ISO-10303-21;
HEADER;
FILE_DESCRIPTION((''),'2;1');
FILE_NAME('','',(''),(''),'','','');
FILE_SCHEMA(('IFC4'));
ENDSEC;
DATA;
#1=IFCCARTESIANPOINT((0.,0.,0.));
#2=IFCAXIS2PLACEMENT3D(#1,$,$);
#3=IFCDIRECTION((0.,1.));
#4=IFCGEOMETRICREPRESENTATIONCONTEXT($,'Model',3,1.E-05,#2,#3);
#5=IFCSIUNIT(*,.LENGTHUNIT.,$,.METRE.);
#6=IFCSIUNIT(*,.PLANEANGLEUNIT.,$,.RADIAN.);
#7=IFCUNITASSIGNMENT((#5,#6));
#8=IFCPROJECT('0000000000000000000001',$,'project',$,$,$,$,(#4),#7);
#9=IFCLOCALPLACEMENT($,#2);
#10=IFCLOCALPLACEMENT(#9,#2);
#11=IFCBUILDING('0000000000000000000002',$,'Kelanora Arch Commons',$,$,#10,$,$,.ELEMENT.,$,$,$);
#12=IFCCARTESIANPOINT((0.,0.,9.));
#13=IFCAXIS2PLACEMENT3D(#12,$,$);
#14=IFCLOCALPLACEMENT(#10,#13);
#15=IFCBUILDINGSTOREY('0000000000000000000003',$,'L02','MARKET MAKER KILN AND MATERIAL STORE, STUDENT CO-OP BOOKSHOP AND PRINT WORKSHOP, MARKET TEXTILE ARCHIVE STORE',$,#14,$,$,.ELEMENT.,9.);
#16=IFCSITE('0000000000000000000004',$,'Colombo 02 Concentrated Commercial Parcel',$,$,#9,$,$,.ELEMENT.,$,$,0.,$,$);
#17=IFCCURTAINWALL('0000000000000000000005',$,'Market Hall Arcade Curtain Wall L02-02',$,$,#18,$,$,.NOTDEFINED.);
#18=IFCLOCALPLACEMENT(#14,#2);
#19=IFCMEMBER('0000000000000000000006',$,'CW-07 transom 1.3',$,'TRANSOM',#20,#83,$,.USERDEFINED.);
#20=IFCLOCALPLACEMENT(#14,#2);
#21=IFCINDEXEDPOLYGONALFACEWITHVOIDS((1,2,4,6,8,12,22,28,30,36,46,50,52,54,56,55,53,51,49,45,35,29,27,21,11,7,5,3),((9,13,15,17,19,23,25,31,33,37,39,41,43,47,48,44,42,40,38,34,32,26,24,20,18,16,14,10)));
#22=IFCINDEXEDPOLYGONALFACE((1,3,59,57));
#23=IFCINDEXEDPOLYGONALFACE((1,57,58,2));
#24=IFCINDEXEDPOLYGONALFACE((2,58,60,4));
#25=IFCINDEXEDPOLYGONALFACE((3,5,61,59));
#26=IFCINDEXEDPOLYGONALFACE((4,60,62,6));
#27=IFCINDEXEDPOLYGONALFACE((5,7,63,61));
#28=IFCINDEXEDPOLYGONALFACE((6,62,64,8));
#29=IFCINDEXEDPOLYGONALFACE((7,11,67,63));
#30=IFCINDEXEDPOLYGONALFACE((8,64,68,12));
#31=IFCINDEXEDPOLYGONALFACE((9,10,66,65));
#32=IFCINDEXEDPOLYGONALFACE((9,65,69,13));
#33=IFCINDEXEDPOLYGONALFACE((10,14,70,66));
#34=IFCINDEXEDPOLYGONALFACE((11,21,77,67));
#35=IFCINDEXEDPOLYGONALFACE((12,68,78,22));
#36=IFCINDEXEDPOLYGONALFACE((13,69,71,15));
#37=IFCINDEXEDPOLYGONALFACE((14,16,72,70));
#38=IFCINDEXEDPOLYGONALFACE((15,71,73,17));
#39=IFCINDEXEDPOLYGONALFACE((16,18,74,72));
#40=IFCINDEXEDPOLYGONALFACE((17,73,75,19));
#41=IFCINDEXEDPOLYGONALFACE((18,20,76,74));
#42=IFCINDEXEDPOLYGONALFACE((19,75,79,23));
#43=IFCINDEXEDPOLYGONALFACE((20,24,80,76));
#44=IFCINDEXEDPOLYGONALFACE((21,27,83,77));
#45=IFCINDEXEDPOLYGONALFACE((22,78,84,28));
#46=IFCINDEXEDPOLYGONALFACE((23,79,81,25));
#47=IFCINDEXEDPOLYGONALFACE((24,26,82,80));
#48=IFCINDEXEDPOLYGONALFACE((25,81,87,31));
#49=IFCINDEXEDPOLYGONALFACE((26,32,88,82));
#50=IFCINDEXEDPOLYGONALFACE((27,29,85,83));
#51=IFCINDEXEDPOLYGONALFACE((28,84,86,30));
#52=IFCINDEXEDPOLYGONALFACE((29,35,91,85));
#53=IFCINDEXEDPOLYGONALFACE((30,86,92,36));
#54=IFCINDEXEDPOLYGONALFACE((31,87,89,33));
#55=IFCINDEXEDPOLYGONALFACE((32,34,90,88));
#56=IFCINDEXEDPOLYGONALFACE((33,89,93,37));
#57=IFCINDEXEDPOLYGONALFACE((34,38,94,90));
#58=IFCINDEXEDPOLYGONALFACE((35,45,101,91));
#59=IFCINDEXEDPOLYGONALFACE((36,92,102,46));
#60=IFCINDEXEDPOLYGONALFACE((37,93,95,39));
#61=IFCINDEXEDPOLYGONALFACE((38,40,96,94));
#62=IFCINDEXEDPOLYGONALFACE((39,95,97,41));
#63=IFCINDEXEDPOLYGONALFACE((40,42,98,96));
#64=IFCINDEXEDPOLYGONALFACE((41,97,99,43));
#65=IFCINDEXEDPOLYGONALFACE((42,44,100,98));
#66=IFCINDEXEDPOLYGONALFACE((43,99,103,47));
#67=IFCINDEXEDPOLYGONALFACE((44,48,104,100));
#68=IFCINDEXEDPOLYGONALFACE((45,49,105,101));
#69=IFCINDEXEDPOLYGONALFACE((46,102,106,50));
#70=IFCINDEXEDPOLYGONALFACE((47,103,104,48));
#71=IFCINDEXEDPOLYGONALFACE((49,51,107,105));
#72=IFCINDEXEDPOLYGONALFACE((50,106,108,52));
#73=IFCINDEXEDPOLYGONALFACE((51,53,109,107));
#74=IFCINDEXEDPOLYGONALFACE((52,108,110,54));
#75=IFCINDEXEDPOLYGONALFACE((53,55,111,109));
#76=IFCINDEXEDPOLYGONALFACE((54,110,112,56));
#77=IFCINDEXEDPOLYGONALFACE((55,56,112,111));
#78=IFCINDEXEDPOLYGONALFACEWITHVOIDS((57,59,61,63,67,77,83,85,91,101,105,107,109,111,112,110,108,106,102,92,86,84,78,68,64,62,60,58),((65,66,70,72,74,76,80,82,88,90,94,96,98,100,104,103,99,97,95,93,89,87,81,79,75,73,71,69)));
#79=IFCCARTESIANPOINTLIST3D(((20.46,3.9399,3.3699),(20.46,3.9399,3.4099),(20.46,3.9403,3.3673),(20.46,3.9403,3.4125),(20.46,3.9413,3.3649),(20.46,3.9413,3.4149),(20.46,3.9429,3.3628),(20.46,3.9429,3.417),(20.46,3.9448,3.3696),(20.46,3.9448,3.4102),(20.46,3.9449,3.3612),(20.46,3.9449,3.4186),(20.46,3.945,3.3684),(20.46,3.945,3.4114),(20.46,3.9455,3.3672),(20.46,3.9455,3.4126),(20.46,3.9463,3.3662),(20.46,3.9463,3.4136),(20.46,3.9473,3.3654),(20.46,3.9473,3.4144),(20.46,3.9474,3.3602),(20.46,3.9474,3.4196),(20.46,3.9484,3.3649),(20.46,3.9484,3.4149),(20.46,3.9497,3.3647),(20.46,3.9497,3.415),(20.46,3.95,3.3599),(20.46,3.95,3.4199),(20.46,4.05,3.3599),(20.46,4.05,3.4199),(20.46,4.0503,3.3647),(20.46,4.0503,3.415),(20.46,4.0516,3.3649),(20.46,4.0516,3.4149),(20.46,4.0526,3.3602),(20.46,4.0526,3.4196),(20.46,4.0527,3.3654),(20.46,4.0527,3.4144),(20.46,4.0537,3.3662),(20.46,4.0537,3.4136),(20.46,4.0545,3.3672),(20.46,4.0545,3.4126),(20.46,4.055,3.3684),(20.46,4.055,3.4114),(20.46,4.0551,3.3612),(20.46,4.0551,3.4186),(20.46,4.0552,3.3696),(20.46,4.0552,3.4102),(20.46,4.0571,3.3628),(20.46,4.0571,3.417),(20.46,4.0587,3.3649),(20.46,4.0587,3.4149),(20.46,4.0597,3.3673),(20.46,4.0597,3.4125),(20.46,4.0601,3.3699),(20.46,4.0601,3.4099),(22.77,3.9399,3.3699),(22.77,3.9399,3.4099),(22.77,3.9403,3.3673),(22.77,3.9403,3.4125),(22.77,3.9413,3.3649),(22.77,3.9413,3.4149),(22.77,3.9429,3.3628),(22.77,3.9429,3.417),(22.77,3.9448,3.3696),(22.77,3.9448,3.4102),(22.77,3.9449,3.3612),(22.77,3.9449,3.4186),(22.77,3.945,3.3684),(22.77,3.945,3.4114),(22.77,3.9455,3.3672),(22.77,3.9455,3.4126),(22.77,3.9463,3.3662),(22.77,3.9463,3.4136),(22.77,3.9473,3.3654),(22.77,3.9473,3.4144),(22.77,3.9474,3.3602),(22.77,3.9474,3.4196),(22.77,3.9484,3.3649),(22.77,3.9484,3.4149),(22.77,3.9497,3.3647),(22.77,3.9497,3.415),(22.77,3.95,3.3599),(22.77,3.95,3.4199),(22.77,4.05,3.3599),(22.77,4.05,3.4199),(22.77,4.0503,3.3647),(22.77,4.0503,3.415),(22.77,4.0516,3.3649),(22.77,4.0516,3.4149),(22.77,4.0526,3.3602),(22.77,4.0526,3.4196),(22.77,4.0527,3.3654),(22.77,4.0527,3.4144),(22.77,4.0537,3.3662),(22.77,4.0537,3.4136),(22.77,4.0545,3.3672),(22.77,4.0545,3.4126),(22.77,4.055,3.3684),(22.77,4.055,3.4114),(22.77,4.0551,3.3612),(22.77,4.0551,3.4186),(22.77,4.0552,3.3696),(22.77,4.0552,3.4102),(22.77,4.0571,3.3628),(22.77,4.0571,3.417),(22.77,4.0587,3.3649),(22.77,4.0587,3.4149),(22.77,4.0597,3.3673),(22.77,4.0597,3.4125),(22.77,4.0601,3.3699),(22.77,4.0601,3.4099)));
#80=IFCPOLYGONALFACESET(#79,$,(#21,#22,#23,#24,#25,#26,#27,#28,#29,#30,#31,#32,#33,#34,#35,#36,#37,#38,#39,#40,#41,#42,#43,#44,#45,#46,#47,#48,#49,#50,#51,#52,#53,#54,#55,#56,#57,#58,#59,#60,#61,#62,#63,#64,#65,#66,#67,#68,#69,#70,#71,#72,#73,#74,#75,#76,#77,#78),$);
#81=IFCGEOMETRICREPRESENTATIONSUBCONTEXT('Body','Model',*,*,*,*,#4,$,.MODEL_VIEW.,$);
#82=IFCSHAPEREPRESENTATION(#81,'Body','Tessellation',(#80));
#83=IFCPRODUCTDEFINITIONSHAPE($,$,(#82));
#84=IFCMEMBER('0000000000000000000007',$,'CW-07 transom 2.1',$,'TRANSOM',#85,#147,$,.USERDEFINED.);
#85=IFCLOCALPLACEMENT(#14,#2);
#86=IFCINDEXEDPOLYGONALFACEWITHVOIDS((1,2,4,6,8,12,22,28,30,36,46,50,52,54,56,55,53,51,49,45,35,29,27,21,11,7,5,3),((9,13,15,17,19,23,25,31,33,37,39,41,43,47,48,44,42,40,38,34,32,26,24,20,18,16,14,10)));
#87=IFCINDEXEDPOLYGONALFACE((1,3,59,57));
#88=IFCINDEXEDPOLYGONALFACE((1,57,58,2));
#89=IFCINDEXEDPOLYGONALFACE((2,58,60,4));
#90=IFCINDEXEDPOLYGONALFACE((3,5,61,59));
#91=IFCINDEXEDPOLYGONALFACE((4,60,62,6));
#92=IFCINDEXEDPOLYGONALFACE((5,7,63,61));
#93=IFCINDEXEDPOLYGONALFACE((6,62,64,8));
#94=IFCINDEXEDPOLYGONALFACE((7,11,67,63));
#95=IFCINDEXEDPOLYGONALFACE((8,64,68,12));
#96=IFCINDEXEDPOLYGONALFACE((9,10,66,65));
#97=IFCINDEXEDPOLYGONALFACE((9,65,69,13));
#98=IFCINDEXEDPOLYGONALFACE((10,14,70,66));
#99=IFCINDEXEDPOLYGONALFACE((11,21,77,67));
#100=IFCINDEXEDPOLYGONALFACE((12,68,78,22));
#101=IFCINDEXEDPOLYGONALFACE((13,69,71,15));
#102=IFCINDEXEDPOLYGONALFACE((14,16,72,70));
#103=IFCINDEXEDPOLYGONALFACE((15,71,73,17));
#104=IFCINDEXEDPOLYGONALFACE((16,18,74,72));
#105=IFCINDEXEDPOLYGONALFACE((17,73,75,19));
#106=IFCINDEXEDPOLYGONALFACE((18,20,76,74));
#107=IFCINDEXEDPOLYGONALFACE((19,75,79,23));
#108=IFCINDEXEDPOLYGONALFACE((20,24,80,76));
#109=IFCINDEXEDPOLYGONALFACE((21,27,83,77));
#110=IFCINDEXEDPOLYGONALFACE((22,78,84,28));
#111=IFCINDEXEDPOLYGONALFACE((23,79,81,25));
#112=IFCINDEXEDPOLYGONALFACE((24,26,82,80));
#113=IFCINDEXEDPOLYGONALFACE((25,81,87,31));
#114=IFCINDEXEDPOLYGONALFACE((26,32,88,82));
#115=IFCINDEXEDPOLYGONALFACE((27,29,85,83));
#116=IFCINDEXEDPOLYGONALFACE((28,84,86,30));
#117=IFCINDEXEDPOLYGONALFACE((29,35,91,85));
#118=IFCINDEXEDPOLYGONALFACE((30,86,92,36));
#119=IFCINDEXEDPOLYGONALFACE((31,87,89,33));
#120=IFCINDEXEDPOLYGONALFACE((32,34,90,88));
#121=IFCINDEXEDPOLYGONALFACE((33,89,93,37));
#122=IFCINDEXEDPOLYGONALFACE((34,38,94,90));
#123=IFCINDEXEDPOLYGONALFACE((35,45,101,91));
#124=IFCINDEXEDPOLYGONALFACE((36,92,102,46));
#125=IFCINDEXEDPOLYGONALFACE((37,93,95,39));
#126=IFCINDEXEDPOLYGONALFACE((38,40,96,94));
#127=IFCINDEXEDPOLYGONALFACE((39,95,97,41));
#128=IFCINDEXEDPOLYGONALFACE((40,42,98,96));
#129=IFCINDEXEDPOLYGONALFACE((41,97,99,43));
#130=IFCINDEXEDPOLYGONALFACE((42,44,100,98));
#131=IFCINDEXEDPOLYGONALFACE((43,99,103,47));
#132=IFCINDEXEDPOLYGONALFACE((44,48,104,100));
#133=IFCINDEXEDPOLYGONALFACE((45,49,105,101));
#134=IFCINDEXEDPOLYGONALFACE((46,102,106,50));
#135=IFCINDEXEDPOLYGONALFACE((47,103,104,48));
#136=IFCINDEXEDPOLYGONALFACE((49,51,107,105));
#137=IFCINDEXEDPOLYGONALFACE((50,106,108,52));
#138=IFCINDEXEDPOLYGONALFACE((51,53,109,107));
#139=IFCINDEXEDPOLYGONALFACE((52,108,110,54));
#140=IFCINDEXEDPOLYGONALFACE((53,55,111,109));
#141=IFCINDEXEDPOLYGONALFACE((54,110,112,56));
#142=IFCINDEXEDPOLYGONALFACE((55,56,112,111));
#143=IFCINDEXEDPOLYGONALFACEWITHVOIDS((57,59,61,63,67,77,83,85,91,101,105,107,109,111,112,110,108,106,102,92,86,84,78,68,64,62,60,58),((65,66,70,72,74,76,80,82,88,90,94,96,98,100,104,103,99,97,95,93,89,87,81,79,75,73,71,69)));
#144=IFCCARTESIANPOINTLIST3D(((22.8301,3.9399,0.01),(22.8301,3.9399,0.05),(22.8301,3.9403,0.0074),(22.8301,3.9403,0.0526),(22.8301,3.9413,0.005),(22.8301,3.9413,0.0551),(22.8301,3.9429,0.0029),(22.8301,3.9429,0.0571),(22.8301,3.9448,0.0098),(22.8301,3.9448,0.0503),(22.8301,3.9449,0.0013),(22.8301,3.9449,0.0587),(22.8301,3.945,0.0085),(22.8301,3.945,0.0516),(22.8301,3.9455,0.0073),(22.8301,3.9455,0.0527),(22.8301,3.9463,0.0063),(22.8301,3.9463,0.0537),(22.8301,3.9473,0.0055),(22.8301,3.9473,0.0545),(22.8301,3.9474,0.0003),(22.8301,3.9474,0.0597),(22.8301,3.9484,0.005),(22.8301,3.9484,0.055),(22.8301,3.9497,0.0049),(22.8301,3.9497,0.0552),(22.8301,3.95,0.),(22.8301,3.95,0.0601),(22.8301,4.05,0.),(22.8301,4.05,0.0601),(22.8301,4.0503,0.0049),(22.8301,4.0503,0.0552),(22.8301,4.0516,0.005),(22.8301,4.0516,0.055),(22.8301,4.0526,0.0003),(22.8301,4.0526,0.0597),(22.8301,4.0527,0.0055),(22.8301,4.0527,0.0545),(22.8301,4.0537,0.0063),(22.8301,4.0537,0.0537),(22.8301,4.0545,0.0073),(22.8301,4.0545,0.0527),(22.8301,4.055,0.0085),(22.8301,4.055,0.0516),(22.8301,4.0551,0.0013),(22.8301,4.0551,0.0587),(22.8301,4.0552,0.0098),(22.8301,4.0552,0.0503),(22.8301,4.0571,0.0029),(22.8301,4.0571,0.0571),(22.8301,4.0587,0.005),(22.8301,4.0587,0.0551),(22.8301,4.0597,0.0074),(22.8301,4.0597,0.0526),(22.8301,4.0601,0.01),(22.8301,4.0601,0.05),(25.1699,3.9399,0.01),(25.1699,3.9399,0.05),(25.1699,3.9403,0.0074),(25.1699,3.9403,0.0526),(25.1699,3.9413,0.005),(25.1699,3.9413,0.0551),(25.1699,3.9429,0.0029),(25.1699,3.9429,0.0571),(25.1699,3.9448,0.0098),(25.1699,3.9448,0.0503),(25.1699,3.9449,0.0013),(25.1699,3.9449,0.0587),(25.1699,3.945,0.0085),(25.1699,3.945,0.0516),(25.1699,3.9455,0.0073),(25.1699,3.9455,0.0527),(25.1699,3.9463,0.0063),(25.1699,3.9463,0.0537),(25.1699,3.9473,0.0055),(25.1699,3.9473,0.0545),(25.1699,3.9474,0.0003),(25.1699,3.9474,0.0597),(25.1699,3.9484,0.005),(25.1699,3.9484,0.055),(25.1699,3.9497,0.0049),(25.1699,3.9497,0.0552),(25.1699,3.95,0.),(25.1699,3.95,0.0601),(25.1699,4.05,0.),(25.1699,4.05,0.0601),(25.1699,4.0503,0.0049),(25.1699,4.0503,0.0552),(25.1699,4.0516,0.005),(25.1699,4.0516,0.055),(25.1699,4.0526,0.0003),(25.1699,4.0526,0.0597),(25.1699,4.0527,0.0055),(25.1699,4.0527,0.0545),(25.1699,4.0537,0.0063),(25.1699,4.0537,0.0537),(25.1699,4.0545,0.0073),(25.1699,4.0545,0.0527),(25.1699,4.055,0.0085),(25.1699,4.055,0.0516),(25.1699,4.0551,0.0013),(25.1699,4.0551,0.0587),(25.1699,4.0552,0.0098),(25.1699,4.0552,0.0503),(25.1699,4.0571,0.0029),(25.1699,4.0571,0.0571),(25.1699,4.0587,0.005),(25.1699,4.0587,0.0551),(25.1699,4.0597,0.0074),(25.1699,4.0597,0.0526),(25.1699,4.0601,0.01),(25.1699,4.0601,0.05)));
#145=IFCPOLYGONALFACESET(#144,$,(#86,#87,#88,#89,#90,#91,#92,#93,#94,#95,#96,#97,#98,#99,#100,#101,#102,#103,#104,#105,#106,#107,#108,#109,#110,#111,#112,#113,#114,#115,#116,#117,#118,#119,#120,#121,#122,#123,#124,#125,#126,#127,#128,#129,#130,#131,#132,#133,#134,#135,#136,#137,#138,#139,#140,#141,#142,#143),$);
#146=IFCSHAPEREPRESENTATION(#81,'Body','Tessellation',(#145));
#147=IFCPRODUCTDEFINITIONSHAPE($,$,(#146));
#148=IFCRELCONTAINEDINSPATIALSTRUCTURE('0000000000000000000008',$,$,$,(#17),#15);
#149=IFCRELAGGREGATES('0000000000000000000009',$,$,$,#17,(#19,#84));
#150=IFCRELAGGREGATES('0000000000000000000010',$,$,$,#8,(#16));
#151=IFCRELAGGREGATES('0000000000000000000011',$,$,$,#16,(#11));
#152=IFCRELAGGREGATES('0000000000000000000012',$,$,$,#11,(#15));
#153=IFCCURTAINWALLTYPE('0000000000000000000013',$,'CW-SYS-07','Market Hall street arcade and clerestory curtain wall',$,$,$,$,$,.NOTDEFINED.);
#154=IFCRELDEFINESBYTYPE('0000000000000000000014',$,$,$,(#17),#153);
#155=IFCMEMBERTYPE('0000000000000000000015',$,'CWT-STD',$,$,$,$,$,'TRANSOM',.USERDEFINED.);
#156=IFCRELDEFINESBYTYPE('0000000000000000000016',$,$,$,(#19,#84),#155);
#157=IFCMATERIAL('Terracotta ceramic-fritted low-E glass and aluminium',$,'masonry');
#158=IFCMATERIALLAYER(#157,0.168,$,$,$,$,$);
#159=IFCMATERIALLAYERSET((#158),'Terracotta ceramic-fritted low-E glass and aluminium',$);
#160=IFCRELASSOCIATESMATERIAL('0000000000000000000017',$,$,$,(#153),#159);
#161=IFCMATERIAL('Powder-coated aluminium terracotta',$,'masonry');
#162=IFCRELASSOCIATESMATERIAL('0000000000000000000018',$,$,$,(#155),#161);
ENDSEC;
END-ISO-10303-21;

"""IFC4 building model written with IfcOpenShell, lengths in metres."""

from ifc_helpers import new_model, si_unit, direction, frame, origin, origin_2d, place, context, subcontext, project, spatial, hollow_rectangle, extrude, material, layer, layer_set, material_profile, profile_set, type_object, element, aggregate, save


model = new_model("IFC4")

# Units and contexts
model_context = context("Model", 3, precision=1e-05, world=origin(), true_north=direction((0.0, 1.0)))
body_context = subcontext(model_context, "Body", "Model", "MODEL_VIEW")
ifc_project = project(units=[si_unit("LENGTHUNIT", "METRE"), si_unit("PLANEANGLEUNIT", "RADIAN")], contexts=[model_context])

# Site, building, storey
site_placement = place(None, origin())
site = spatial("IfcSite", under=ifc_project, at=site_placement, Name="Colombo 02 Concentrated Commercial Parcel", CompositionType="ELEMENT", RefElevation=0.0)
building_placement = place(site_placement, origin())
building = spatial("IfcBuilding", under=site, at=building_placement, Name="Kelanora Arch Commons", CompositionType="ELEMENT")
storey_placement = place(building_placement, frame((0.0, 0.0, 9.0)))
storey = spatial("IfcBuildingStorey", under=building, at=storey_placement, Name="L02", Description="MARKET MAKER KILN AND MATERIAL STORE, STUDENT CO-OP BOOKSHOP AND PRINT WORKSHOP, MARKET TEXTILE ARCHIVE STORE", CompositionType="ELEMENT", Elevation=9.0)

# Curtain wall, members
ifc_material_1 = material(Name="Terracotta ceramic-fritted low-E glass and aluminium", Category="masonry")
ifc_layer_1 = layer(ifc_material_1, 0.168)
ifc_layer_set_1 = layer_set([ifc_layer_1], Name="Terracotta ceramic-fritted low-E glass and aluminium")
curtain_wall_type = type_object("IfcCurtainWallType", Name="CW-SYS-07", Description="Market Hall street arcade and clerestory curtain wall", PredefinedType="NOTDEFINED", material=ifc_layer_set_1)
curtain_wall_placement = place(storey_placement, origin())
curtain_wall = element("IfcCurtainWall", 1, at=curtain_wall_placement, inside=storey, type_object=curtain_wall_type, Name="Market Hall Arcade Curtain Wall L02-02", PredefinedType="NOTDEFINED")
ifc_material_2 = material(Name="Powder-coated aluminium terracotta", Category="masonry")
ifc_material_profile_1 = material_profile(ifc_material_2, hollow_rectangle(XDim=0.1201, YDim=0.0601, WallThickness=0.0049, InnerFilletRadius=0.0049, OuterFilletRadius=0.01, at=origin_2d()), Name="CWT120x60")
ifc_profile_set_1 = profile_set([ifc_material_profile_1], Name="Powder-coated aluminium terracotta")
member_type_1 = type_object("IfcMemberType", Name="CWT-STD", ElementType="TRANSOM", PredefinedType="USERDEFINED", material=ifc_profile_set_1)
member_1_placement = place(storey_placement, frame((20.46, 4.0, 3.3899), z_axis=(1.0, 0.0, 0.0), x_axis=(0.0, 1.0, 0.0)))
member_1 = element("IfcMember", 2, at=member_1_placement, type_object=member_type_1, Name="CW-07 transom 1.3", ObjectType="TRANSOM", PredefinedType="USERDEFINED", context=body_context, shape_type="SweptSolid", body=[
    extrude(hollow_rectangle(XDim=0.1201, YDim=0.0601, WallThickness=0.0049, InnerFilletRadius=0.0049, OuterFilletRadius=0.01, at=origin_2d()), origin(), (0.0, 0.0, 1.0), 2.3101),
])
member_2_placement = place(storey_placement, frame((22.8301, 4.0, 0.03), z_axis=(1.0, 0.0, 0.0), x_axis=(0.0, 1.0, 0.0)))
member_2 = element("IfcMember", 3, at=member_2_placement, type_object=member_type_1, Name="CW-07 transom 2.1", ObjectType="TRANSOM", PredefinedType="USERDEFINED", context=body_context, shape_type="SweptSolid", body=[
    extrude(hollow_rectangle(XDim=0.1201, YDim=0.0601, WallThickness=0.0049, InnerFilletRadius=0.0049, OuterFilletRadius=0.01, at=origin_2d()), origin(), (0.0, 0.0, 1.0), 2.3398),
])
aggregate(curtain_wall, [member_1, member_2])

save(model, "model.ifc")
